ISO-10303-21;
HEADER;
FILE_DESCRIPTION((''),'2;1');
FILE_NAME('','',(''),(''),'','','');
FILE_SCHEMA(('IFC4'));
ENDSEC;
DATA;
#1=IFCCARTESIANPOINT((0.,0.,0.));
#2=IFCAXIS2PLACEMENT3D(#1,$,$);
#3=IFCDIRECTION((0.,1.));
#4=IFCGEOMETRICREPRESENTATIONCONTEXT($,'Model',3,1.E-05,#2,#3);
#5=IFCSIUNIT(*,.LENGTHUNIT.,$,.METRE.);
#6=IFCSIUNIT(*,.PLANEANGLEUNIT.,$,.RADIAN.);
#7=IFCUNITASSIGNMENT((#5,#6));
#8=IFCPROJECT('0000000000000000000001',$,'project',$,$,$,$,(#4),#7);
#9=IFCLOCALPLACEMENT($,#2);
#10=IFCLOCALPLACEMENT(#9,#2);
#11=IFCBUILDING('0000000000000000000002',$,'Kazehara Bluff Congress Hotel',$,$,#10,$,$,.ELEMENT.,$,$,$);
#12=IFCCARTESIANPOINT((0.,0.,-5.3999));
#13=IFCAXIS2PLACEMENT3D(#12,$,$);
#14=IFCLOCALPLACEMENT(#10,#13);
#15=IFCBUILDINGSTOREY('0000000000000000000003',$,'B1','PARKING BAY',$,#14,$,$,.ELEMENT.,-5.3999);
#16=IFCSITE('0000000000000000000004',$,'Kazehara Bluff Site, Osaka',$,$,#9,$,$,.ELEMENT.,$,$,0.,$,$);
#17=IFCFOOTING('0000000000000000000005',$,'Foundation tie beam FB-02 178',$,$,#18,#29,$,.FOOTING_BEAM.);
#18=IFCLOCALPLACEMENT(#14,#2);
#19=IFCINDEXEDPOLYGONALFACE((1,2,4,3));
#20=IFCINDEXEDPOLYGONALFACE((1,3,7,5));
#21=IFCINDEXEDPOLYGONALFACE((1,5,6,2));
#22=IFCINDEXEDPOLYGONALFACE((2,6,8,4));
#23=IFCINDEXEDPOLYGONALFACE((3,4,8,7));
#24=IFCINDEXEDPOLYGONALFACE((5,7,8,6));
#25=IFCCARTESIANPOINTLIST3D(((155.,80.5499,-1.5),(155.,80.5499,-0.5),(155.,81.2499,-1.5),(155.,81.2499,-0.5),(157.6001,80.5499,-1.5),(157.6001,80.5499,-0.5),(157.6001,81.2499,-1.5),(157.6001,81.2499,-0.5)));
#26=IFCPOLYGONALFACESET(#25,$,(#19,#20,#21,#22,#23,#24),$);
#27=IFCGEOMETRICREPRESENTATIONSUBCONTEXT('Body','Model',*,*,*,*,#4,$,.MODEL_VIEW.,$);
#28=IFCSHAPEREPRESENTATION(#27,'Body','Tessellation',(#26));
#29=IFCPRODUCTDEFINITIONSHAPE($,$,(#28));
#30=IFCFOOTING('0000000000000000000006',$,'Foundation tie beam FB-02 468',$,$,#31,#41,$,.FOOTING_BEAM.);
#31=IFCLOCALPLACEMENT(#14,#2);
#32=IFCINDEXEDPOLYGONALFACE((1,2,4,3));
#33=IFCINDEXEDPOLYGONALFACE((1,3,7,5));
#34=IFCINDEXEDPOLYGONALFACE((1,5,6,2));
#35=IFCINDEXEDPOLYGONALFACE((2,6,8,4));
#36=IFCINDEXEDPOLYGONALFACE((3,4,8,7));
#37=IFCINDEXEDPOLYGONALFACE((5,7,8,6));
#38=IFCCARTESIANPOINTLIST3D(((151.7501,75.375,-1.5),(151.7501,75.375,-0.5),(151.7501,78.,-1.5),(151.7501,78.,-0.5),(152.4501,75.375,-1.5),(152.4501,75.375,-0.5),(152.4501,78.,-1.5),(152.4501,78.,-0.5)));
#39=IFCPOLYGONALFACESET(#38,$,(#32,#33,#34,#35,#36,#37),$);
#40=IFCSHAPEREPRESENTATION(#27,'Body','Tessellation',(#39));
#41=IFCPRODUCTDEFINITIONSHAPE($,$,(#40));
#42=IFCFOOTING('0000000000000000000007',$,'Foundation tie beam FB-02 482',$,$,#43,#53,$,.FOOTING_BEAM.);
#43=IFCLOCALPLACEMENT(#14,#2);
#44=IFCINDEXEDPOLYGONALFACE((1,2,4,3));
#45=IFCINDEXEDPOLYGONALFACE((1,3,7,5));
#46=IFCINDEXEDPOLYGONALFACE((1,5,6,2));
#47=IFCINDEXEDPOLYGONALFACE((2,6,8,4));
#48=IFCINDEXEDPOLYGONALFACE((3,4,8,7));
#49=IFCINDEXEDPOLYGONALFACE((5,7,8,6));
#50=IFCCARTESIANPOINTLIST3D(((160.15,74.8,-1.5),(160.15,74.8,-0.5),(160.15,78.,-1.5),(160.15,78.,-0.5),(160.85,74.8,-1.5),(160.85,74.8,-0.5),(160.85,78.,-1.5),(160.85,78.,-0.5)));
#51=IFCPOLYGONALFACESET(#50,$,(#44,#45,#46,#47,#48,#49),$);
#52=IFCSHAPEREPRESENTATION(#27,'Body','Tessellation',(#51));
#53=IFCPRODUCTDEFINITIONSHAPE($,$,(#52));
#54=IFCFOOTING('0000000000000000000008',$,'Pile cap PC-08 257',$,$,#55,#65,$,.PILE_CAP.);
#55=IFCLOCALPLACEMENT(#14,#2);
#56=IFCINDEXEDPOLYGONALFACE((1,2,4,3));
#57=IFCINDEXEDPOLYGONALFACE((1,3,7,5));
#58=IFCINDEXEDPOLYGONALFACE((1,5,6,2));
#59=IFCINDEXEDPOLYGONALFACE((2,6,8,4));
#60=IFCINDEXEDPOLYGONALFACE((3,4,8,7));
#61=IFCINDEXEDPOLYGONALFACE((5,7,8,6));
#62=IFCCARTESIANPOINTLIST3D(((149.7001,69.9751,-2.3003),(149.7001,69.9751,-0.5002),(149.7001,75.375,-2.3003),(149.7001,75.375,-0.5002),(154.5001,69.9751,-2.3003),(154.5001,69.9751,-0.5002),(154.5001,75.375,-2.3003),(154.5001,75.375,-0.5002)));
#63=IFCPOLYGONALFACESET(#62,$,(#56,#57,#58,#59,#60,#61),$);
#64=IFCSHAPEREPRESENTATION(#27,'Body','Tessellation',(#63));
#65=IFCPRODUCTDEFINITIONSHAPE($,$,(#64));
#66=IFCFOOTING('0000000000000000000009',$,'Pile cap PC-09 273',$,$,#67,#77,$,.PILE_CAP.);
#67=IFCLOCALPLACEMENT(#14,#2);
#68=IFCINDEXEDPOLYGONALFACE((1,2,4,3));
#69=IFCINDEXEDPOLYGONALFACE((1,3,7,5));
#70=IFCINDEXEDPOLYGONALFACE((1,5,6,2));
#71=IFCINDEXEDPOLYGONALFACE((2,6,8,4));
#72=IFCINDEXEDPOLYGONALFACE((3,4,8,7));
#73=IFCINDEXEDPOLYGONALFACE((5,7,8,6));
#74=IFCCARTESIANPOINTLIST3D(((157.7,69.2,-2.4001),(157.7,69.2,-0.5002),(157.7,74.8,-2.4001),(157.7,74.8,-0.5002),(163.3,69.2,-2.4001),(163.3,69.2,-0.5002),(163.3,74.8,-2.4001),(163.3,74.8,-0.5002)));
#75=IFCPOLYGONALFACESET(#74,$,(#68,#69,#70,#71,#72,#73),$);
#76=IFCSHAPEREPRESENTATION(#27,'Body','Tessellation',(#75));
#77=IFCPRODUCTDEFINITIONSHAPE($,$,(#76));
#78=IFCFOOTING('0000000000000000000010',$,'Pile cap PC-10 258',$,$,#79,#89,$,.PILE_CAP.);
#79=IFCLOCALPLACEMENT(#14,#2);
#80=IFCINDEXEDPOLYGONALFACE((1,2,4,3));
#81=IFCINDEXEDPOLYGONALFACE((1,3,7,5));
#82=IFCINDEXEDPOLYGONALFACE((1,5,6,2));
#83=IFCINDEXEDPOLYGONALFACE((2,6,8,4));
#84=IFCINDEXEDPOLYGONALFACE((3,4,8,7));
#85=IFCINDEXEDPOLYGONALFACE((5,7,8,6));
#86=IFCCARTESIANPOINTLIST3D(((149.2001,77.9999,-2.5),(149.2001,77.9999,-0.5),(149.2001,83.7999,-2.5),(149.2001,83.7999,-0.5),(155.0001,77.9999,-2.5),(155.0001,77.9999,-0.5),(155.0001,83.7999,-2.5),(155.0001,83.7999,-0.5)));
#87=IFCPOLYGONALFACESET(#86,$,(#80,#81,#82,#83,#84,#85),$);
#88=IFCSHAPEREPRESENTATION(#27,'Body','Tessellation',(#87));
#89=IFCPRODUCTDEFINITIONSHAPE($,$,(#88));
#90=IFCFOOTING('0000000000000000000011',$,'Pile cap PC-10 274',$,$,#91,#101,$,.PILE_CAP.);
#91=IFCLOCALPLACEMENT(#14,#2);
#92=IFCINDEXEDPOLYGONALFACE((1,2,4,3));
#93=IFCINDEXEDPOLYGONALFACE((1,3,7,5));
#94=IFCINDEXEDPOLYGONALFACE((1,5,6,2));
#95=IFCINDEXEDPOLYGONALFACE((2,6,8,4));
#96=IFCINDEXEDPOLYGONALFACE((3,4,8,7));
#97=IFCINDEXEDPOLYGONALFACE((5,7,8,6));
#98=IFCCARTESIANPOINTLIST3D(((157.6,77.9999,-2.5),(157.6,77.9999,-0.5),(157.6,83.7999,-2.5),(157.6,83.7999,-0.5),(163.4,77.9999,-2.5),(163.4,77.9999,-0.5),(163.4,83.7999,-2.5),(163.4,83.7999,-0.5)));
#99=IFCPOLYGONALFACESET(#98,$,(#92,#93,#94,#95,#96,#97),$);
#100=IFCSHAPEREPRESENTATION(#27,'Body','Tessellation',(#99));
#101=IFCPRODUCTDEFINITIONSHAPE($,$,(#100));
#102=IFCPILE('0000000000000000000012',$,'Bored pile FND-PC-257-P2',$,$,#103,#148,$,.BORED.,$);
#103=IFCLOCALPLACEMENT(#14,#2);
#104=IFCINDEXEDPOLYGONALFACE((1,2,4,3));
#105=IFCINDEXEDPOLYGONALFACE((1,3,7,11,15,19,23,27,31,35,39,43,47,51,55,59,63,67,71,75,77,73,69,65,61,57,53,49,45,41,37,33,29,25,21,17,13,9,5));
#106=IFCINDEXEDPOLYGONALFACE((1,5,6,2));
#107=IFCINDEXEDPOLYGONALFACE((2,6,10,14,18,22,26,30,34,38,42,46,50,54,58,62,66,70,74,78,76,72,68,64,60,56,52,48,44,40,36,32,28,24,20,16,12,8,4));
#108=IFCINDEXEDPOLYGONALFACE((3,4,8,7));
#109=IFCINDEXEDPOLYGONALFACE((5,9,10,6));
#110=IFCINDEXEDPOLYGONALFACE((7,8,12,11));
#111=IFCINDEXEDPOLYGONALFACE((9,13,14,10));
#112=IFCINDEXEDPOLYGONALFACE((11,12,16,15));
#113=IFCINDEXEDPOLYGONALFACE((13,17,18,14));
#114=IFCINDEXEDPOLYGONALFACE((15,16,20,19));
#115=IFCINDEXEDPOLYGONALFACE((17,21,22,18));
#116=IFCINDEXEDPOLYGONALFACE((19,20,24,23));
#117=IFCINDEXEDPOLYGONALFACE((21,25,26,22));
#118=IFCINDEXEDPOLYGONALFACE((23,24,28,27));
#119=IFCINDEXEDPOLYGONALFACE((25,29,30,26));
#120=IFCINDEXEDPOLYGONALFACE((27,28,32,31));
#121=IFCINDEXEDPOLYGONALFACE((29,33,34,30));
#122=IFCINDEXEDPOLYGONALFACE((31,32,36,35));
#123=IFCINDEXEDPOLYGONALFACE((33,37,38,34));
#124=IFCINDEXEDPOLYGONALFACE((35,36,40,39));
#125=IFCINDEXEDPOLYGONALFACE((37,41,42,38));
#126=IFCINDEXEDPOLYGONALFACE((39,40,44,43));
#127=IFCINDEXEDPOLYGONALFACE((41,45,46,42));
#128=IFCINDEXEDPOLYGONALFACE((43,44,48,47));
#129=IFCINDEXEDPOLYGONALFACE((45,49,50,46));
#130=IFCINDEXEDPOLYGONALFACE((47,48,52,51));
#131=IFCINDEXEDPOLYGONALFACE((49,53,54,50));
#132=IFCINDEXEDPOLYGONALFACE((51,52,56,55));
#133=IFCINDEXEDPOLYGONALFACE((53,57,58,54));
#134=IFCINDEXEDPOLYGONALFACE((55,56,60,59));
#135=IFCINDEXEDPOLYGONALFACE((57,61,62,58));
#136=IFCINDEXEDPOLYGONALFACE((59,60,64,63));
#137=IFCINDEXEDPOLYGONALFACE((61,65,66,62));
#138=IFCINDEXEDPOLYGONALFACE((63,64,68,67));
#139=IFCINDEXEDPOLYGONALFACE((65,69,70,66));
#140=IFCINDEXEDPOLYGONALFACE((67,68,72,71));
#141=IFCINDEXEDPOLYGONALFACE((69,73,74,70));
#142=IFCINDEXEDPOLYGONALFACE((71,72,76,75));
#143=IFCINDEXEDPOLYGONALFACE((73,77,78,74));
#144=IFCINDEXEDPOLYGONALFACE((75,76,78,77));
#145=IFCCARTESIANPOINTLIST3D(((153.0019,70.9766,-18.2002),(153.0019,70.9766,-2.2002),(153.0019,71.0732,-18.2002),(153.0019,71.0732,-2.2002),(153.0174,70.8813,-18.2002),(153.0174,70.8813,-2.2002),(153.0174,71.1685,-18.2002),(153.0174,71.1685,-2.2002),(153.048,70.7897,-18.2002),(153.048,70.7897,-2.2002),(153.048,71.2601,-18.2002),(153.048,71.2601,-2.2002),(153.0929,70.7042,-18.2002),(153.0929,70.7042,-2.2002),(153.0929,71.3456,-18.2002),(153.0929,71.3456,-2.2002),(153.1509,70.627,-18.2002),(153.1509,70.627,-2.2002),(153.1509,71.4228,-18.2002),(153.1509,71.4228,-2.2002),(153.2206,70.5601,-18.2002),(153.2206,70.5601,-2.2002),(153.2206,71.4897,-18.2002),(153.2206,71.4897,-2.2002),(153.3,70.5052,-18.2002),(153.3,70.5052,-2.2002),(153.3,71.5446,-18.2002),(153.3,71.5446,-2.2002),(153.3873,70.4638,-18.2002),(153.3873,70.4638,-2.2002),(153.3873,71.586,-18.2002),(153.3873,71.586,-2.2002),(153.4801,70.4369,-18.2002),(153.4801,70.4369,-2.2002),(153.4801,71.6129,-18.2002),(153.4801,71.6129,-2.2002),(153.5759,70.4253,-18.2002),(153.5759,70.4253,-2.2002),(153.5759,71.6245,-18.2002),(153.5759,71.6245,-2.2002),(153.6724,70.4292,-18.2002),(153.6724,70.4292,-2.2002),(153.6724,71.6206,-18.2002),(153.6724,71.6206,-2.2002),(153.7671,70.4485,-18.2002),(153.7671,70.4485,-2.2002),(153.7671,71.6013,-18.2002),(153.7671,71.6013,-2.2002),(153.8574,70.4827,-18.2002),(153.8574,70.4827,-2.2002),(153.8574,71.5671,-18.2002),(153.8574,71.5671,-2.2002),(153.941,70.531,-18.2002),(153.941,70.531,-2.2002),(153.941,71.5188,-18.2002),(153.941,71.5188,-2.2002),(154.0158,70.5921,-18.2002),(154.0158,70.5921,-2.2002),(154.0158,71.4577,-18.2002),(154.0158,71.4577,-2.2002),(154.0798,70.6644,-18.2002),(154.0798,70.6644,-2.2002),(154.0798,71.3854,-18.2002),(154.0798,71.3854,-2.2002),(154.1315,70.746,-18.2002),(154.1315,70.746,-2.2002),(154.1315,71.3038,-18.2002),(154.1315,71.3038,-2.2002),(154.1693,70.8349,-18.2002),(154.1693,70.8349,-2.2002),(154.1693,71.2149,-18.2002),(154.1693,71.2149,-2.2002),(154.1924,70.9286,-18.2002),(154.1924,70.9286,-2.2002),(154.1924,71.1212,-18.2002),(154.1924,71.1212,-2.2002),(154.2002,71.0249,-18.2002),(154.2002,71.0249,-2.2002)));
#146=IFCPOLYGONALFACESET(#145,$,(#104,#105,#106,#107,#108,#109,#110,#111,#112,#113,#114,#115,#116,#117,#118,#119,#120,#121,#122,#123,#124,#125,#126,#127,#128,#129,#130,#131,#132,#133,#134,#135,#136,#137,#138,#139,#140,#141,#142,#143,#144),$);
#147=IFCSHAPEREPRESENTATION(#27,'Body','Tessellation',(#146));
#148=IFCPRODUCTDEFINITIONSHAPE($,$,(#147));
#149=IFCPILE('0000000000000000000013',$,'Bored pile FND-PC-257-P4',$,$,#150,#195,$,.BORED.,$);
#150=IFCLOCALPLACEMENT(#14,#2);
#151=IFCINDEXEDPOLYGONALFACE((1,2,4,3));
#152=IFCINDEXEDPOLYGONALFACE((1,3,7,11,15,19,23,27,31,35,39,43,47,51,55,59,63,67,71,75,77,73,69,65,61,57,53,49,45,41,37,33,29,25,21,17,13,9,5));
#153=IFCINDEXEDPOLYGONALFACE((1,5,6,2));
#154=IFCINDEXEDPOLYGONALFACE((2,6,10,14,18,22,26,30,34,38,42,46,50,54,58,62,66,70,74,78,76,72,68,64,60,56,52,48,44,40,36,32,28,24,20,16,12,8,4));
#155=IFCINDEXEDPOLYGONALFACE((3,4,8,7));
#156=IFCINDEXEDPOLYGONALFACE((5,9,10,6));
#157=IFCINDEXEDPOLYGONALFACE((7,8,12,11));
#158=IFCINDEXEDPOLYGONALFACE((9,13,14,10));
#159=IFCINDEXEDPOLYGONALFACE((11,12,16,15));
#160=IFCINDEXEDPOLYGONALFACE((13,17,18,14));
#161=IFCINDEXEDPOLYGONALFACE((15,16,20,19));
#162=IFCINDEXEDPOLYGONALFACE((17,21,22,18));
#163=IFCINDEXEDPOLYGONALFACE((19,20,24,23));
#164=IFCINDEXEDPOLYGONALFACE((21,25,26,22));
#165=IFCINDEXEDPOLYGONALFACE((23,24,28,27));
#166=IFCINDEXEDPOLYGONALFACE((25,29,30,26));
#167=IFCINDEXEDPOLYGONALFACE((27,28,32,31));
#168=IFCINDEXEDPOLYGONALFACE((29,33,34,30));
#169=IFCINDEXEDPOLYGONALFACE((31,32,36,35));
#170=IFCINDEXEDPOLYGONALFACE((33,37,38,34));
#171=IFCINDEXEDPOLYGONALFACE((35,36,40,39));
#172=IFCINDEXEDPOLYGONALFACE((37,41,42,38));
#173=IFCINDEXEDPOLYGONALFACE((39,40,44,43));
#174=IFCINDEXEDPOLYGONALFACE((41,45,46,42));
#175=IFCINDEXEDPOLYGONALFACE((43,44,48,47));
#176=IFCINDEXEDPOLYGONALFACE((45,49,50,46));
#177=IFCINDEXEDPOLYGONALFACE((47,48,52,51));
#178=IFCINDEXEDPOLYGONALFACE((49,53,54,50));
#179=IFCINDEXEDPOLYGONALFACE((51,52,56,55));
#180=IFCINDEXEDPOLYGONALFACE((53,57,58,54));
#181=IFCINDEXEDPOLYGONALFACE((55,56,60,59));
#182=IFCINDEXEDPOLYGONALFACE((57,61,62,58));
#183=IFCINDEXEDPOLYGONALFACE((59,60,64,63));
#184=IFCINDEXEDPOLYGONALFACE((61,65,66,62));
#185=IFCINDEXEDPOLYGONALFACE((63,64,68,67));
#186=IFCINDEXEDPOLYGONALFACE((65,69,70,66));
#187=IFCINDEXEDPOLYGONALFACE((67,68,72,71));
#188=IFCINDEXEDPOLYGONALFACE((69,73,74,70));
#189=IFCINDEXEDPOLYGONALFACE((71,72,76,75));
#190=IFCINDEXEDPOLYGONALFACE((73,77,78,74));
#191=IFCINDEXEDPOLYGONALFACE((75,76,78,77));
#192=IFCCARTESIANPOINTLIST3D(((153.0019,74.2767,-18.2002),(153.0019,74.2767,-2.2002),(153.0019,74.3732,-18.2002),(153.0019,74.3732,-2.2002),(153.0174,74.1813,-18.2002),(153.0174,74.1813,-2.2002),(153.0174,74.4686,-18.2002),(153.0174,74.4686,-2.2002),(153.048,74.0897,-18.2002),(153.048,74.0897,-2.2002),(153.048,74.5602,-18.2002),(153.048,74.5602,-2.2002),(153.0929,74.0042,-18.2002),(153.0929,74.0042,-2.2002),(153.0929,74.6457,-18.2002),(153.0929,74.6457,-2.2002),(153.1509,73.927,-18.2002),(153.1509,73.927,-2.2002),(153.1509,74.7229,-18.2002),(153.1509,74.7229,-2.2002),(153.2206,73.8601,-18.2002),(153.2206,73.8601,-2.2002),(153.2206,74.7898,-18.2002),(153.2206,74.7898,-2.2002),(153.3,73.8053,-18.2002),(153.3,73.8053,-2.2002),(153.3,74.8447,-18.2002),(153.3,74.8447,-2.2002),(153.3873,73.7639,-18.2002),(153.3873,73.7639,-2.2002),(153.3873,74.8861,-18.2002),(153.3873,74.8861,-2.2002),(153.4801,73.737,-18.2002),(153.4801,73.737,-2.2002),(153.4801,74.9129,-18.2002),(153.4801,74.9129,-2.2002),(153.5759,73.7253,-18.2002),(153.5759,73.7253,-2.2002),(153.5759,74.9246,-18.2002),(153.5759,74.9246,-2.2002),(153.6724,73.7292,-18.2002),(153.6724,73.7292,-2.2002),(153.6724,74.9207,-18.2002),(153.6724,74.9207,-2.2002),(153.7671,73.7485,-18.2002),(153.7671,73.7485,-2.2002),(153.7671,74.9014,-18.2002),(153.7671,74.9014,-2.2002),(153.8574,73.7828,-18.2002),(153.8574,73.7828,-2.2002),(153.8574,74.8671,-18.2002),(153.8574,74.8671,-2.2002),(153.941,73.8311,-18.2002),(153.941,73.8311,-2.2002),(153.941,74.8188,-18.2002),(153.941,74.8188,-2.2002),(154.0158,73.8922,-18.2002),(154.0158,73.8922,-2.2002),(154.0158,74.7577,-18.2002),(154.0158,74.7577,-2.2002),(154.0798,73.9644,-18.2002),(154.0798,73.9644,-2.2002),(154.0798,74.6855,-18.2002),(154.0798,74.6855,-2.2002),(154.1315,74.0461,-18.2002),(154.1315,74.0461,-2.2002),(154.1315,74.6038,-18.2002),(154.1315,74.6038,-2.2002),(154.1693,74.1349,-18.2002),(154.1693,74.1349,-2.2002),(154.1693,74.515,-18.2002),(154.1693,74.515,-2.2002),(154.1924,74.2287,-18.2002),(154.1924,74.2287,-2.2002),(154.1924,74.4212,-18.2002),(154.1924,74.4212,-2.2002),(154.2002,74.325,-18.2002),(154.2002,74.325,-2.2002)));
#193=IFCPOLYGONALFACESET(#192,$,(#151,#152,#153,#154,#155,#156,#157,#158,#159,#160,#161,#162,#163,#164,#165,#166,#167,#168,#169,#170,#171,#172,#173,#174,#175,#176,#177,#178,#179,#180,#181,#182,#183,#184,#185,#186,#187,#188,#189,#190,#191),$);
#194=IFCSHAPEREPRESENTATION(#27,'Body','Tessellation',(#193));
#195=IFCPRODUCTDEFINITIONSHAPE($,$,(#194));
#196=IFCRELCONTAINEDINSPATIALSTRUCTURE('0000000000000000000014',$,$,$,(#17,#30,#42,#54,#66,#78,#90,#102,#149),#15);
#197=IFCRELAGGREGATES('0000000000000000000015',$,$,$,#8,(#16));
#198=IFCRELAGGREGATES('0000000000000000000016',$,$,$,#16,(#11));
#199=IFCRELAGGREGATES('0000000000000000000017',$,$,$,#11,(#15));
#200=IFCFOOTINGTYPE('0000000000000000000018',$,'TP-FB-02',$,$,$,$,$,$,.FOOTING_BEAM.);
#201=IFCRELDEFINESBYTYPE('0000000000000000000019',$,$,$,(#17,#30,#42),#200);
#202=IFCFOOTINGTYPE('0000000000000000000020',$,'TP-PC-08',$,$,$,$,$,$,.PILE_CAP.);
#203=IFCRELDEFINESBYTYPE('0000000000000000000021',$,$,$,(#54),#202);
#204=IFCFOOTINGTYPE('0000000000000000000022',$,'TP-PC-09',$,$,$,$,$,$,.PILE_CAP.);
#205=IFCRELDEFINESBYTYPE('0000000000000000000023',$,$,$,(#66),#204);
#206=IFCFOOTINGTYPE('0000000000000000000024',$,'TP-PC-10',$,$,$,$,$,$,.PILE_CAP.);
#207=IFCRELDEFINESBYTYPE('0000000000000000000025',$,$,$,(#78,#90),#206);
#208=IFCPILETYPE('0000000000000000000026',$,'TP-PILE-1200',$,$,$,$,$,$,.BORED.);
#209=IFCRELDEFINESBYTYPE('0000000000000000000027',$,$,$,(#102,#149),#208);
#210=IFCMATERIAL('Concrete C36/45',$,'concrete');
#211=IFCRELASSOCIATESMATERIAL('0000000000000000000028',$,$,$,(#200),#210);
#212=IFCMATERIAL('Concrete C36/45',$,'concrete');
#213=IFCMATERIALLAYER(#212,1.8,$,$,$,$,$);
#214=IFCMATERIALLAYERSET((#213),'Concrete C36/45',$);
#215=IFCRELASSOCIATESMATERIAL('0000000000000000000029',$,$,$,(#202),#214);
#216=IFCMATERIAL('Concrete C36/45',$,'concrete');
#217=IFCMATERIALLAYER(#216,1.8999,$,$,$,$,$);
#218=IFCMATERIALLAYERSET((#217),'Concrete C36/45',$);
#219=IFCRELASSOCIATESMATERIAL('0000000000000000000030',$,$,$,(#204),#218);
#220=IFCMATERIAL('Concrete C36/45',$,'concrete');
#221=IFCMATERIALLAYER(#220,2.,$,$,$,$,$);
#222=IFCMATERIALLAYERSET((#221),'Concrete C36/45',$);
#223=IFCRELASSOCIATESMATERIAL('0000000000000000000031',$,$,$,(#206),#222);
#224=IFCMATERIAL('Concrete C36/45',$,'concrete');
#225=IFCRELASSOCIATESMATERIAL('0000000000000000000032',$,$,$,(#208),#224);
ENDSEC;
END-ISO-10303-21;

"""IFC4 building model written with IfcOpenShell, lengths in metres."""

from ifc_helpers import new_model, si_unit, direction, frame, origin, origin_2d, place, context, subcontext, project, spatial, rectangle, circle, extrude, material, layer, layer_set, material_profile, profile_set, type_object, element, save


model = new_model("IFC4")

# Units and contexts
model_context = context("Model", 3, precision=1e-05, world=origin(), true_north=direction((0.0, 1.0)))
body_context = subcontext(model_context, "Body", "Model", "MODEL_VIEW")
ifc_project = project(units=[si_unit("LENGTHUNIT", "METRE"), si_unit("PLANEANGLEUNIT", "RADIAN")], contexts=[model_context])

# Site, building, storey
site_placement = place(None, origin())
site = spatial("IfcSite", under=ifc_project, at=site_placement, Name="Kazehara Bluff Site, Osaka", CompositionType="ELEMENT", RefElevation=0.0)
building_placement = place(site_placement, origin())
building = spatial("IfcBuilding", under=site, at=building_placement, Name="Kazehara Bluff Congress Hotel", CompositionType="ELEMENT")
storey_placement = place(building_placement, frame((0.0, 0.0, -5.3999)))
storey = spatial("IfcBuildingStorey", under=building, at=storey_placement, Name="B1", Description="PARKING BAY", CompositionType="ELEMENT", Elevation=-5.3999)

# Footings
ifc_material_1 = material(Name="Concrete C36/45", Category="concrete")
ifc_material_profile_1 = material_profile(ifc_material_1, rectangle(XDim=0.7, YDim=1.0, at=origin_2d()))
ifc_profile_set_1 = profile_set([ifc_material_profile_1], Name="Concrete C36/45")
footing_type_1 = type_object("IfcFootingType", Name="TP-FB-02", PredefinedType="FOOTING_BEAM", material=ifc_profile_set_1)
footing_1_placement = place(storey_placement, frame((155.0, 80.8999, -1.0), z_axis=(1.0, 0.0, 0.0), x_axis=(0.0, 1.0, 0.0)))
element("IfcFooting", 1, at=footing_1_placement, inside=storey, type_object=footing_type_1, Name="Foundation tie beam FB-02 178", PredefinedType="FOOTING_BEAM", context=body_context, shape_type="SweptSolid", body=[
    extrude(rectangle(XDim=0.7, YDim=1.0, at=origin_2d()), origin(), (0.0, 0.0, 1.0), 2.6001),
])
footing_2_placement = place(storey_placement, frame((152.1001, 75.375, -1.0), z_axis=(0.0, 1.0, 0.0), x_axis=(-1.0, 0.0, 0.0)))
element("IfcFooting", 2, at=footing_2_placement, inside=storey, type_object=footing_type_1, Name="Foundation tie beam FB-02 468", PredefinedType="FOOTING_BEAM", context=body_context, shape_type="SweptSolid", body=[
    extrude(rectangle(XDim=0.7, YDim=1.0, at=origin_2d()), origin(), (0.0, 0.0, 1.0), 2.625),
])
footing_3_placement = place(storey_placement, frame((160.5, 74.8, -1.0), z_axis=(0.0, 1.0, 0.0), x_axis=(-1.0, 0.0, 0.0)))
element("IfcFooting", 3, at=footing_3_placement, inside=storey, type_object=footing_type_1, Name="Foundation tie beam FB-02 482", PredefinedType="FOOTING_BEAM", context=body_context, shape_type="SweptSolid", body=[
    extrude(rectangle(XDim=0.7, YDim=1.0, at=origin_2d()), origin(), (0.0, 0.0, 1.0), 3.2),
])
ifc_material_2 = material(Name="Concrete C36/45", Category="concrete")
ifc_layer_1 = layer(ifc_material_2, 1.8)
ifc_layer_set_1 = layer_set([ifc_layer_1], Name="Concrete C36/45")
footing_type_2 = type_object("IfcFootingType", Name="TP-PC-08", PredefinedType="PILE_CAP", material=ifc_layer_set_1)
footing_4_placement = place(storey_placement, frame((152.1001, 72.675, -2.3003), z_axis=(0.0, 0.0, 1.0), x_axis=(1.0, 0.0, 0.0)))
element("IfcFooting", 4, at=footing_4_placement, inside=storey, type_object=footing_type_2, Name="Pile cap PC-08 257", PredefinedType="PILE_CAP", context=body_context, shape_type="SweptSolid", body=[
    extrude(rectangle(XDim=4.8, YDim=5.3999, at=origin_2d()), origin(), (0.0, 0.0, 1.0), 1.8),
])
ifc_material_3 = material(Name="Concrete C36/45", Category="concrete")
ifc_layer_2 = layer(ifc_material_3, 1.8999)
ifc_layer_set_2 = layer_set([ifc_layer_2], Name="Concrete C36/45")
footing_type_3 = type_object("IfcFootingType", Name="TP-PC-09", PredefinedType="PILE_CAP", material=ifc_layer_set_2)
footing_5_placement = place(storey_placement, frame((160.5, 72.0, -2.4001), z_axis=(0.0, 0.0, 1.0), x_axis=(1.0, 0.0, 0.0)))
element("IfcFooting", 5, at=footing_5_placement, inside=storey, type_object=footing_type_3, Name="Pile cap PC-09 273", PredefinedType="PILE_CAP", context=body_context, shape_type="SweptSolid", body=[
    extrude(rectangle(XDim=5.6001, YDim=5.6001, at=origin_2d()), origin(), (0.0, 0.0, 1.0), 1.8999),
])
ifc_material_4 = material(Name="Concrete C36/45", Category="concrete")
ifc_layer_3 = layer(ifc_material_4, 2.0)
ifc_layer_set_3 = layer_set([ifc_layer_3], Name="Concrete C36/45")
footing_type_4 = type_object("IfcFootingType", Name="TP-PC-10", PredefinedType="PILE_CAP", material=ifc_layer_set_3)
for number, where, z_axis, x_axis, name in (
    (6, (152.1001, 80.8999, -2.5), (0.0, 0.0, 1.0), (1.0, 0.0, 0.0), "Pile cap PC-10 258"),
    (7, (160.5, 80.8999, -2.5), (0.0, 0.0, 1.0), (1.0, 0.0, 0.0), "Pile cap PC-10 274"),
):
    element("IfcFooting", number, at=place(storey_placement, frame(where, z_axis=z_axis, x_axis=x_axis)), inside=storey, type_object=footing_type_4, Name=name, PredefinedType="PILE_CAP", context=body_context, shape_type="SweptSolid", body=[
        extrude(rectangle(XDim=5.8, YDim=5.8, at=origin_2d()), origin(), (0.0, 0.0, 1.0), 2.0),
    ])

# Piles
ifc_material_5 = material(Name="Concrete C36/45", Category="concrete")
ifc_material_profile_2 = material_profile(ifc_material_5, circle(Radius=0.6001, at=origin_2d()))
ifc_profile_set_2 = profile_set([ifc_material_profile_2], Name="Concrete C36/45")
pile_type_1 = type_object("IfcPileType", Name="TP-PILE-1200", PredefinedType="BORED", material=ifc_profile_set_2)
for number, where, z_axis, x_axis, name in (
    (8, (153.6001, 71.0249, -2.2002), (0.0, 0.0, -1.0), (1.0, 0.0, 0.0), "Bored pile FND-PC-257-P2"),
    (9, (153.6001, 74.325, -2.2002), (0.0, 0.0, -1.0), (1.0, 0.0, 0.0), "Bored pile FND-PC-257-P4"),
):
    element("IfcPile", number, at=place(storey_placement, frame(where, z_axis=z_axis, x_axis=x_axis)), inside=storey, type_object=pile_type_1, Name=name, PredefinedType="BORED", context=body_context, shape_type="SweptSolid", body=[
        extrude(circle(Radius=0.6001, at=origin_2d()), origin(), (0.0, 0.0, 1.0), 16.0),
    ])

save(model, "model.ifc")
